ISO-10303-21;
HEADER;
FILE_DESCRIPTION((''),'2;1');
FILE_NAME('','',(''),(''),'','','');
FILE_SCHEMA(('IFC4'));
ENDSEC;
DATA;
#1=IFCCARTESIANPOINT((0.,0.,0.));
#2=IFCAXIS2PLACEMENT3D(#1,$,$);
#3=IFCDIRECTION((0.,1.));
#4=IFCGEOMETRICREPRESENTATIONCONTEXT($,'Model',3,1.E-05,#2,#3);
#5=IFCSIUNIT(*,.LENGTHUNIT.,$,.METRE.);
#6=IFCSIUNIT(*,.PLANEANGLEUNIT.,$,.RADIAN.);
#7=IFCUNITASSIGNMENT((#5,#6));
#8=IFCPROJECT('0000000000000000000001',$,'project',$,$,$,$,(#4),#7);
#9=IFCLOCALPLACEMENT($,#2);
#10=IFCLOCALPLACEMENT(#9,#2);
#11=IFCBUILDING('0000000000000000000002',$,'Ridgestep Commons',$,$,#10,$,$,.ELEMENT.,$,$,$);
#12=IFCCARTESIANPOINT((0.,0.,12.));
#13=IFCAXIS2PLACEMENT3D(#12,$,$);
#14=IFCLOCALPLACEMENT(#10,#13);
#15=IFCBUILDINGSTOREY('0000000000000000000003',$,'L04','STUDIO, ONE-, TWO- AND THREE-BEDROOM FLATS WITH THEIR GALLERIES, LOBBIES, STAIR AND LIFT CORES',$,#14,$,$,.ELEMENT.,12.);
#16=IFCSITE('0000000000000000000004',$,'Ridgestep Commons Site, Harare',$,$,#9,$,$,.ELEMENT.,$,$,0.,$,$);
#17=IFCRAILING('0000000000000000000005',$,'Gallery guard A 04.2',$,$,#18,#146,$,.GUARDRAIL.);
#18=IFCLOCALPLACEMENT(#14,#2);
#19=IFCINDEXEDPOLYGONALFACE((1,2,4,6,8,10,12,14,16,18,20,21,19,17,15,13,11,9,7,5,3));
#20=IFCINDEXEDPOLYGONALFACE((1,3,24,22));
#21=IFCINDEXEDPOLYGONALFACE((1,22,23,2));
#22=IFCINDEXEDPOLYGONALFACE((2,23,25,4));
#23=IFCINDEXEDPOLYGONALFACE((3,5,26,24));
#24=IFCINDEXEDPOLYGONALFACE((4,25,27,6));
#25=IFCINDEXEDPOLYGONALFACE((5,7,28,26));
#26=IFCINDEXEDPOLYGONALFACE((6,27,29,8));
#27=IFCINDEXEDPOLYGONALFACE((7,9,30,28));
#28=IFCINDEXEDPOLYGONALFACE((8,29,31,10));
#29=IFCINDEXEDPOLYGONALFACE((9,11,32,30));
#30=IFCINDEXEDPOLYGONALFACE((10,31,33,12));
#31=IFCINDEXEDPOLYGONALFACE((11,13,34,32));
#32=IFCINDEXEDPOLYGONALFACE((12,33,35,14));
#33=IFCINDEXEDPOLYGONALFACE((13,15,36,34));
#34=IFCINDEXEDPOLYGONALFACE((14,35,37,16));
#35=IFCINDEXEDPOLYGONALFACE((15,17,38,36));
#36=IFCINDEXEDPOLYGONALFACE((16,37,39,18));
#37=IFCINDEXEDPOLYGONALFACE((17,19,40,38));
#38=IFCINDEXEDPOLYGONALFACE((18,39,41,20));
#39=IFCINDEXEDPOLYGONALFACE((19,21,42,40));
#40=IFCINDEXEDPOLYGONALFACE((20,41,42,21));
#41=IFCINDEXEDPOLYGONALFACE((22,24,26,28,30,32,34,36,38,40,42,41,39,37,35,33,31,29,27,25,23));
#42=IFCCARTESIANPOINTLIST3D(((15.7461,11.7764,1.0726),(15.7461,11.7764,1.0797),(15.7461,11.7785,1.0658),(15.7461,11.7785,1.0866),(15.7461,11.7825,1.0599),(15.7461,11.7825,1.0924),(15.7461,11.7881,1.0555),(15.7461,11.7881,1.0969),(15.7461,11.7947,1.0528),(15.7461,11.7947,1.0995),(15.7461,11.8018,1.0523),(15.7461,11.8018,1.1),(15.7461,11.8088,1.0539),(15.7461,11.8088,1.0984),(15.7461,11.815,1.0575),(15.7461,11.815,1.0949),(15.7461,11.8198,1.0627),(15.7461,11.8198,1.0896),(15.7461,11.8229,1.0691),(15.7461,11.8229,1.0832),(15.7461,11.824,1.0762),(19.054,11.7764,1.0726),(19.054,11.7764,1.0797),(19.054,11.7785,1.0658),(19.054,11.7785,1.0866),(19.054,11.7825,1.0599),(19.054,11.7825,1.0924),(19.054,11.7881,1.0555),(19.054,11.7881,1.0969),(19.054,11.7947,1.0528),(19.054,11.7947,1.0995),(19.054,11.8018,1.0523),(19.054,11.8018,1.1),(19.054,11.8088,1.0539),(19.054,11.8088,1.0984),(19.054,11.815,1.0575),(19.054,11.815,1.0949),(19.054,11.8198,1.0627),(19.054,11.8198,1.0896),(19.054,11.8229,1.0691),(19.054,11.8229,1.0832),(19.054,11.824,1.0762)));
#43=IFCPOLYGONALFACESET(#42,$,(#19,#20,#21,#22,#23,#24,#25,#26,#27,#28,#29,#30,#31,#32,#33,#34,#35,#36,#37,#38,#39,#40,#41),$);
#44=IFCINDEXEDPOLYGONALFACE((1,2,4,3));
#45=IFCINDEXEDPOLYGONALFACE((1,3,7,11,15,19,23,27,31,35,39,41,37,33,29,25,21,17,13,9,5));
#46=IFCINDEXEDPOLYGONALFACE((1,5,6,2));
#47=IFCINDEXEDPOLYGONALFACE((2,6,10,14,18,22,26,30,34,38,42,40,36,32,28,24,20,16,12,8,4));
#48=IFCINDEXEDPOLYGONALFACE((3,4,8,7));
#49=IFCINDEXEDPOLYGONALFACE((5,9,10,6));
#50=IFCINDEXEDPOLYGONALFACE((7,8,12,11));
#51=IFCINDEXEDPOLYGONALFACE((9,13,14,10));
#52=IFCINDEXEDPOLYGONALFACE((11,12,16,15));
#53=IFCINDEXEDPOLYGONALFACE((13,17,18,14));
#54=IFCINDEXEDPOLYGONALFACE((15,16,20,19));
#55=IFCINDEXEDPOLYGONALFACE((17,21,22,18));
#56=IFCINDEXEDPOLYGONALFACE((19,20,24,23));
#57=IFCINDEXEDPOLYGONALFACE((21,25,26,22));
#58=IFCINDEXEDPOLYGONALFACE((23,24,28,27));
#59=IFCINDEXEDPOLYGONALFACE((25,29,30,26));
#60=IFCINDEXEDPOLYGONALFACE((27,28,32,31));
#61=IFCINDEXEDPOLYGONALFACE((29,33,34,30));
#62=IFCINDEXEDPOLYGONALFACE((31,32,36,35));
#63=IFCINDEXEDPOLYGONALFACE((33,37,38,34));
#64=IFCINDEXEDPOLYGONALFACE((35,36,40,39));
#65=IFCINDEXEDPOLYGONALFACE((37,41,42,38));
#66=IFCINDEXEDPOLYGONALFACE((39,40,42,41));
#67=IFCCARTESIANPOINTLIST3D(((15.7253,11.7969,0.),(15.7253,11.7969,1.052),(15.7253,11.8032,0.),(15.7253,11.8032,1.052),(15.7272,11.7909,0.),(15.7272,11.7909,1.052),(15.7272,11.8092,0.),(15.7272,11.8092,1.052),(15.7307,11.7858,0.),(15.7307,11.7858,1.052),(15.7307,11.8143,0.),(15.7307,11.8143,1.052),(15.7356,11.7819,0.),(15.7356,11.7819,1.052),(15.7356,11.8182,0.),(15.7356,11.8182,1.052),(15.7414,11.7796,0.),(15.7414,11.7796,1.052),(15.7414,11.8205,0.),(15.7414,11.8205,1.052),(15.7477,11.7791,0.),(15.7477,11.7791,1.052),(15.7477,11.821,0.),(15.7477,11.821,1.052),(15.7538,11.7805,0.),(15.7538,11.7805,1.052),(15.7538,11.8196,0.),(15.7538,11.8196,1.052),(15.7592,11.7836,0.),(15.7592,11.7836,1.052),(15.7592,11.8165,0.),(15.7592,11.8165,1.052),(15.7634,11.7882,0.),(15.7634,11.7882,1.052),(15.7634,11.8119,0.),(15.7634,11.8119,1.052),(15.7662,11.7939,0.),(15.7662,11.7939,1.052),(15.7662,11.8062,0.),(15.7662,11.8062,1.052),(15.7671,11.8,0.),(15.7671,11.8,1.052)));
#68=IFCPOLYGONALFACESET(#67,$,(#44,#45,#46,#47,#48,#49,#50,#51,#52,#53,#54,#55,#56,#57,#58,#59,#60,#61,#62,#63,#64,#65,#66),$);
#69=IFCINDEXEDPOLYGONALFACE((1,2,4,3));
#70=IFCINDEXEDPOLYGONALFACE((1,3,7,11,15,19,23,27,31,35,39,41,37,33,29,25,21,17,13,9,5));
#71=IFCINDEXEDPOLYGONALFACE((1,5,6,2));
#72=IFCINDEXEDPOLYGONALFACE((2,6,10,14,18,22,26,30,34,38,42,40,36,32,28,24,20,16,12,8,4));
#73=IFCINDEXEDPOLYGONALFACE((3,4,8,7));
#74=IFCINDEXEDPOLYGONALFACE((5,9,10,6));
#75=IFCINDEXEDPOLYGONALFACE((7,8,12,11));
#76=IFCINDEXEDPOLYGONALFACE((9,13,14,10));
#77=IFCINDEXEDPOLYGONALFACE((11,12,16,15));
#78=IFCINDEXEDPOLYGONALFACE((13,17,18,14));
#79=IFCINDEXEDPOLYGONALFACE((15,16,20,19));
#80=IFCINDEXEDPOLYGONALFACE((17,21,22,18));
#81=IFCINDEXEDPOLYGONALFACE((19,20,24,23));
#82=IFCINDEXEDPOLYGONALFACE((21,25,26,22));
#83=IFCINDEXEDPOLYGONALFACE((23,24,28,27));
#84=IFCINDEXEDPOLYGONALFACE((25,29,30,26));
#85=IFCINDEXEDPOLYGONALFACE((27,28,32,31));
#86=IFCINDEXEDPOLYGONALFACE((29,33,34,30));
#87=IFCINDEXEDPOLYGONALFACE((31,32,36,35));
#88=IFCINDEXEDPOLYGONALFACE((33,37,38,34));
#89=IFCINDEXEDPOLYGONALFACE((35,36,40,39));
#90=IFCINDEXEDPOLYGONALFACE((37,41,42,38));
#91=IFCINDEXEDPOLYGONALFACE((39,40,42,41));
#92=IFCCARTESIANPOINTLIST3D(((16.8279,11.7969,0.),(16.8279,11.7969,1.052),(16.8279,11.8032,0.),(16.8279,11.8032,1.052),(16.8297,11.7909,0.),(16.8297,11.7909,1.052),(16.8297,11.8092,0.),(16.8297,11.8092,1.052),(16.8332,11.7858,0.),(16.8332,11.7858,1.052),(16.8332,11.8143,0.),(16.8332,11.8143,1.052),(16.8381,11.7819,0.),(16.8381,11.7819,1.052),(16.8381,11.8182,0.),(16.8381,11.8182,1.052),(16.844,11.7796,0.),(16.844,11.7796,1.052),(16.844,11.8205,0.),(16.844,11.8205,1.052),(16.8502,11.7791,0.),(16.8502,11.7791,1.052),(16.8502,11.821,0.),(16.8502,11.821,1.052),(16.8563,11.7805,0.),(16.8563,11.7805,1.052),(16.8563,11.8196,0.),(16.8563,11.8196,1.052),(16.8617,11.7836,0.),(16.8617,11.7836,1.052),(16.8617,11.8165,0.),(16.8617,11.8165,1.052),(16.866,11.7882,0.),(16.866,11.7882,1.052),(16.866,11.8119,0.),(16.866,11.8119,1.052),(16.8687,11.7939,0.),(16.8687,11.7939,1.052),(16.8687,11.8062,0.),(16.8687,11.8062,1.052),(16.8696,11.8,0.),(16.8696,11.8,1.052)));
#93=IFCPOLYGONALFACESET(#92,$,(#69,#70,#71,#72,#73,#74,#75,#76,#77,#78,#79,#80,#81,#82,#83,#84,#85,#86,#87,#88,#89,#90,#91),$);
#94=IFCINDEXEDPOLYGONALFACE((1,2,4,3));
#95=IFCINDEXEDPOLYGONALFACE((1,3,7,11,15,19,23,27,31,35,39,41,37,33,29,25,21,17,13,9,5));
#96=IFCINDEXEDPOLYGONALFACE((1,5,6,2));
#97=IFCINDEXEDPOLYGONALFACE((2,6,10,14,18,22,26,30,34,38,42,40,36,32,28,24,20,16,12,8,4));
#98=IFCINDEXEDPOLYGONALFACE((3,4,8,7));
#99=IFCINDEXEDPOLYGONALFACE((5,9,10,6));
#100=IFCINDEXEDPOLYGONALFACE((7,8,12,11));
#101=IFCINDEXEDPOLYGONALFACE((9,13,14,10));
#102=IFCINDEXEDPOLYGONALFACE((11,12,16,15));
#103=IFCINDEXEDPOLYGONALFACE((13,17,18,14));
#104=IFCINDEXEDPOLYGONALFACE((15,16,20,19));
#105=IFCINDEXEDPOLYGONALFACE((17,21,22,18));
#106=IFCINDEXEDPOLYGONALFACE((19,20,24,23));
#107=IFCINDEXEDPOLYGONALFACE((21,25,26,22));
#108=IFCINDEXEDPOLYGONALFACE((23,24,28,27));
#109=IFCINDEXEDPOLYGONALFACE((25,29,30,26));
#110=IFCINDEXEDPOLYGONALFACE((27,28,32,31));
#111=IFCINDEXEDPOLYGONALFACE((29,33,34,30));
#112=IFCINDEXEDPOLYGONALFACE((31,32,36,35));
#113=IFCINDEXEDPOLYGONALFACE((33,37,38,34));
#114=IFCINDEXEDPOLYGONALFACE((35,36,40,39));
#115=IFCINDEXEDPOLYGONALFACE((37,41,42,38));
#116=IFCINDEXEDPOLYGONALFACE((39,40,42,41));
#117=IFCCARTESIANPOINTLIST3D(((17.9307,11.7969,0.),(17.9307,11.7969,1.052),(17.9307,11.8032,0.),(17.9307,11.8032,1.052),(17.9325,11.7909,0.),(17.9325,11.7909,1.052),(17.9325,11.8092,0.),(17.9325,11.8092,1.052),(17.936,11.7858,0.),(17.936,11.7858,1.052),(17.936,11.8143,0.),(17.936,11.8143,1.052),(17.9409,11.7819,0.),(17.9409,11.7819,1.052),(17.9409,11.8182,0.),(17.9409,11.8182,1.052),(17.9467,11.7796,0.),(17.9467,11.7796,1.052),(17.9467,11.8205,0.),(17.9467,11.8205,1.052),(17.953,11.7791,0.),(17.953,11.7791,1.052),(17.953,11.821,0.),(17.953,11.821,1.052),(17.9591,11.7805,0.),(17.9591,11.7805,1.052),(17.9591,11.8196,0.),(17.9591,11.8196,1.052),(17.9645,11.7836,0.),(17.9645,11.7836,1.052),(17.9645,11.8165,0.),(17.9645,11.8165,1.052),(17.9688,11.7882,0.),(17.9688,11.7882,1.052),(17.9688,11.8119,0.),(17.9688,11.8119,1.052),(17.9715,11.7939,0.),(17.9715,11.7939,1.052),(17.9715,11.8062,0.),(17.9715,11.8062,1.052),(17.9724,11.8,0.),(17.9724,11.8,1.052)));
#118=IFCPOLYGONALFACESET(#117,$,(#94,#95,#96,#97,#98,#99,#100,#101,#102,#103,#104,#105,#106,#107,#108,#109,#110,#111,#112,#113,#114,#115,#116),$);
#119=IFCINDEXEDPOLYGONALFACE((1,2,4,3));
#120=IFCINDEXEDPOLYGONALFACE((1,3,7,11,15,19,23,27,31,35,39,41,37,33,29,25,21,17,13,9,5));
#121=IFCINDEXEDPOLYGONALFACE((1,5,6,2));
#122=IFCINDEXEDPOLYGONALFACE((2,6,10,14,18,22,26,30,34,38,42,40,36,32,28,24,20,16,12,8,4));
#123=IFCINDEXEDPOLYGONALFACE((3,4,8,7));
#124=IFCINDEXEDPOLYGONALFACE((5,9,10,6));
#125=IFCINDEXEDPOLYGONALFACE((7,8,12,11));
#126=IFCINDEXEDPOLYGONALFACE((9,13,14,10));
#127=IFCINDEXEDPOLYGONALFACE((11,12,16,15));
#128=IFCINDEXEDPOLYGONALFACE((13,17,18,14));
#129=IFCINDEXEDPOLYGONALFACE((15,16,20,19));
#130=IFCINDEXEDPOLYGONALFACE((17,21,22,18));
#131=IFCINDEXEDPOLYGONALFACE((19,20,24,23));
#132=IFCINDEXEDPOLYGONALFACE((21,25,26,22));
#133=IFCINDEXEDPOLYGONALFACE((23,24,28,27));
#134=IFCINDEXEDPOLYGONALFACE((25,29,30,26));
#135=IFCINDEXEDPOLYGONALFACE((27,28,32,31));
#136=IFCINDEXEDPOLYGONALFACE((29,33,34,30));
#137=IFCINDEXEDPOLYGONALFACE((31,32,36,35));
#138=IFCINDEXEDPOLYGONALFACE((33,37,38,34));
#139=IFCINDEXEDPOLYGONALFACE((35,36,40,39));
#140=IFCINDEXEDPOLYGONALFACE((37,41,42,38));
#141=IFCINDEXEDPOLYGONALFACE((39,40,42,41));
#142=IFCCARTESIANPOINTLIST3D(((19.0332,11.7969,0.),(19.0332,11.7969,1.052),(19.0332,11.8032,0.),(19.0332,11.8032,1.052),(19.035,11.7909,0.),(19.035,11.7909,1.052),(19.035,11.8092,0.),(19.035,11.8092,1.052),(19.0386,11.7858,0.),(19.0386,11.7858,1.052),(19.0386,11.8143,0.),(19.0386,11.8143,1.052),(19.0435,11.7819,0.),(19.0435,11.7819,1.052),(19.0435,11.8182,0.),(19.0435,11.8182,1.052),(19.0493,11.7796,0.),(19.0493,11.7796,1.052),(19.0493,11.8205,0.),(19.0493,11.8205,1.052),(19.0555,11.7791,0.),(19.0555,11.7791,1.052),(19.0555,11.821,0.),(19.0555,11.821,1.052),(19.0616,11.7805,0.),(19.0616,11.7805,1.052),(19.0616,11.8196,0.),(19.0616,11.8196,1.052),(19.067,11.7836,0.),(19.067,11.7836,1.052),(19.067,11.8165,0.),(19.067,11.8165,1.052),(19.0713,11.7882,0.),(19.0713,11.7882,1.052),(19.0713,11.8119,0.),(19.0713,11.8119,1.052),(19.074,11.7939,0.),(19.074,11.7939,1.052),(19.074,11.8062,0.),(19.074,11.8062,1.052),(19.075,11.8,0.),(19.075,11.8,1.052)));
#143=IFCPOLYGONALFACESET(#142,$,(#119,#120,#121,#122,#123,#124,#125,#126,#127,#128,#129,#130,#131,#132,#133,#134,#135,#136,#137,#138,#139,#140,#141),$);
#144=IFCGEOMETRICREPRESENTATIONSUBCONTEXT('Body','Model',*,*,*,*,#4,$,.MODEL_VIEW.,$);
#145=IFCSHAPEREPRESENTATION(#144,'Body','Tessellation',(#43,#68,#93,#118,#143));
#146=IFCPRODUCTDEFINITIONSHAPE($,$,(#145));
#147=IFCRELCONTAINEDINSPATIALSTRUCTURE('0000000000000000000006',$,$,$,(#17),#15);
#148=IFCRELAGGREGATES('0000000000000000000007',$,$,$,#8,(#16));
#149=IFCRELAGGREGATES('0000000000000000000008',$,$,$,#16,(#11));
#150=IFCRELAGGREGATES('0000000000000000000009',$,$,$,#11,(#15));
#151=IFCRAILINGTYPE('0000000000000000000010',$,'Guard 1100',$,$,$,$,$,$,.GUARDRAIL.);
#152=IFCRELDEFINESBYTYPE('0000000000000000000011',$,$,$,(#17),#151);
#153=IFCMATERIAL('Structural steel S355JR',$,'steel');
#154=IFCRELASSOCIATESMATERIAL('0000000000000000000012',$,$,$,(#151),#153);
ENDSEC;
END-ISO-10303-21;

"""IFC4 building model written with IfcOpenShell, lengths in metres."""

from ifc_helpers import new_model, si_unit, direction, frame, origin, origin_2d, place, context, subcontext, project, spatial, circle, extrude, material, type_object, element, save


model = new_model("IFC4")

# Units and contexts
model_context = context("Model", 3, precision=1e-05, world=origin(), true_north=direction((0.0, 1.0)))
body_context = subcontext(model_context, "Body", "Model", "MODEL_VIEW")
ifc_project = project(units=[si_unit("LENGTHUNIT", "METRE"), si_unit("PLANEANGLEUNIT", "RADIAN")], contexts=[model_context])

# Site, building, storey
site_placement = place(None, origin())
site = spatial("IfcSite", under=ifc_project, at=site_placement, Name="Ridgestep Commons Site, Harare", CompositionType="ELEMENT", RefElevation=0.0)
building_placement = place(site_placement, origin())
building = spatial("IfcBuilding", under=site, at=building_placement, Name="Ridgestep Commons", CompositionType="ELEMENT")
storey_placement = place(building_placement, frame((0.0, 0.0, 12.0)))
storey = spatial("IfcBuildingStorey", under=building, at=storey_placement, Name="L04", Description="STUDIO, ONE-, TWO- AND THREE-BEDROOM FLATS WITH THEIR GALLERIES, LOBBIES, STAIR AND LIFT CORES", CompositionType="ELEMENT", Elevation=12.0)

# Railing
ifc_material_1 = material(Name="Structural steel S355JR", Category="steel")
railing_type = type_object("IfcRailingType", Name="Guard 1100", PredefinedType="GUARDRAIL", material=ifc_material_1)
railing_1_placement = place(storey_placement, frame((15.7461, 11.8, 0.0)))
element("IfcRailing", 1, at=railing_1_placement, inside=storey, type_object=railing_type, Name="Gallery guard A 04.2", PredefinedType="GUARDRAIL", context=body_context, shape_type="SweptSolid", body=[
    extrude(circle(Radius=0.0239, at=origin_2d()), frame((0.0, 0.0, 1.0762), z_axis=(1.0, 0.0, 0.0), x_axis=(0.0, 1.0, 0.0)), (0.0, 0.0, 1.0), 3.3079),
    extrude(circle(Radius=0.021, at=origin_2d()), origin(), (0.0, 0.0, 1.0), 1.052),
    extrude(circle(Radius=0.021, at=origin_2d()), frame((1.1025, 0.0, 0.0)), (0.0, 0.0, 1.0), 1.052),
    extrude(circle(Radius=0.021, at=origin_2d()), frame((2.2053, 0.0, 0.0)), (0.0, 0.0, 1.0), 1.052),
    extrude(circle(Radius=0.021, at=origin_2d()), frame((3.3079, 0.0, 0.0)), (0.0, 0.0, 1.0), 1.052),
])

save(model, "model.ifc")
